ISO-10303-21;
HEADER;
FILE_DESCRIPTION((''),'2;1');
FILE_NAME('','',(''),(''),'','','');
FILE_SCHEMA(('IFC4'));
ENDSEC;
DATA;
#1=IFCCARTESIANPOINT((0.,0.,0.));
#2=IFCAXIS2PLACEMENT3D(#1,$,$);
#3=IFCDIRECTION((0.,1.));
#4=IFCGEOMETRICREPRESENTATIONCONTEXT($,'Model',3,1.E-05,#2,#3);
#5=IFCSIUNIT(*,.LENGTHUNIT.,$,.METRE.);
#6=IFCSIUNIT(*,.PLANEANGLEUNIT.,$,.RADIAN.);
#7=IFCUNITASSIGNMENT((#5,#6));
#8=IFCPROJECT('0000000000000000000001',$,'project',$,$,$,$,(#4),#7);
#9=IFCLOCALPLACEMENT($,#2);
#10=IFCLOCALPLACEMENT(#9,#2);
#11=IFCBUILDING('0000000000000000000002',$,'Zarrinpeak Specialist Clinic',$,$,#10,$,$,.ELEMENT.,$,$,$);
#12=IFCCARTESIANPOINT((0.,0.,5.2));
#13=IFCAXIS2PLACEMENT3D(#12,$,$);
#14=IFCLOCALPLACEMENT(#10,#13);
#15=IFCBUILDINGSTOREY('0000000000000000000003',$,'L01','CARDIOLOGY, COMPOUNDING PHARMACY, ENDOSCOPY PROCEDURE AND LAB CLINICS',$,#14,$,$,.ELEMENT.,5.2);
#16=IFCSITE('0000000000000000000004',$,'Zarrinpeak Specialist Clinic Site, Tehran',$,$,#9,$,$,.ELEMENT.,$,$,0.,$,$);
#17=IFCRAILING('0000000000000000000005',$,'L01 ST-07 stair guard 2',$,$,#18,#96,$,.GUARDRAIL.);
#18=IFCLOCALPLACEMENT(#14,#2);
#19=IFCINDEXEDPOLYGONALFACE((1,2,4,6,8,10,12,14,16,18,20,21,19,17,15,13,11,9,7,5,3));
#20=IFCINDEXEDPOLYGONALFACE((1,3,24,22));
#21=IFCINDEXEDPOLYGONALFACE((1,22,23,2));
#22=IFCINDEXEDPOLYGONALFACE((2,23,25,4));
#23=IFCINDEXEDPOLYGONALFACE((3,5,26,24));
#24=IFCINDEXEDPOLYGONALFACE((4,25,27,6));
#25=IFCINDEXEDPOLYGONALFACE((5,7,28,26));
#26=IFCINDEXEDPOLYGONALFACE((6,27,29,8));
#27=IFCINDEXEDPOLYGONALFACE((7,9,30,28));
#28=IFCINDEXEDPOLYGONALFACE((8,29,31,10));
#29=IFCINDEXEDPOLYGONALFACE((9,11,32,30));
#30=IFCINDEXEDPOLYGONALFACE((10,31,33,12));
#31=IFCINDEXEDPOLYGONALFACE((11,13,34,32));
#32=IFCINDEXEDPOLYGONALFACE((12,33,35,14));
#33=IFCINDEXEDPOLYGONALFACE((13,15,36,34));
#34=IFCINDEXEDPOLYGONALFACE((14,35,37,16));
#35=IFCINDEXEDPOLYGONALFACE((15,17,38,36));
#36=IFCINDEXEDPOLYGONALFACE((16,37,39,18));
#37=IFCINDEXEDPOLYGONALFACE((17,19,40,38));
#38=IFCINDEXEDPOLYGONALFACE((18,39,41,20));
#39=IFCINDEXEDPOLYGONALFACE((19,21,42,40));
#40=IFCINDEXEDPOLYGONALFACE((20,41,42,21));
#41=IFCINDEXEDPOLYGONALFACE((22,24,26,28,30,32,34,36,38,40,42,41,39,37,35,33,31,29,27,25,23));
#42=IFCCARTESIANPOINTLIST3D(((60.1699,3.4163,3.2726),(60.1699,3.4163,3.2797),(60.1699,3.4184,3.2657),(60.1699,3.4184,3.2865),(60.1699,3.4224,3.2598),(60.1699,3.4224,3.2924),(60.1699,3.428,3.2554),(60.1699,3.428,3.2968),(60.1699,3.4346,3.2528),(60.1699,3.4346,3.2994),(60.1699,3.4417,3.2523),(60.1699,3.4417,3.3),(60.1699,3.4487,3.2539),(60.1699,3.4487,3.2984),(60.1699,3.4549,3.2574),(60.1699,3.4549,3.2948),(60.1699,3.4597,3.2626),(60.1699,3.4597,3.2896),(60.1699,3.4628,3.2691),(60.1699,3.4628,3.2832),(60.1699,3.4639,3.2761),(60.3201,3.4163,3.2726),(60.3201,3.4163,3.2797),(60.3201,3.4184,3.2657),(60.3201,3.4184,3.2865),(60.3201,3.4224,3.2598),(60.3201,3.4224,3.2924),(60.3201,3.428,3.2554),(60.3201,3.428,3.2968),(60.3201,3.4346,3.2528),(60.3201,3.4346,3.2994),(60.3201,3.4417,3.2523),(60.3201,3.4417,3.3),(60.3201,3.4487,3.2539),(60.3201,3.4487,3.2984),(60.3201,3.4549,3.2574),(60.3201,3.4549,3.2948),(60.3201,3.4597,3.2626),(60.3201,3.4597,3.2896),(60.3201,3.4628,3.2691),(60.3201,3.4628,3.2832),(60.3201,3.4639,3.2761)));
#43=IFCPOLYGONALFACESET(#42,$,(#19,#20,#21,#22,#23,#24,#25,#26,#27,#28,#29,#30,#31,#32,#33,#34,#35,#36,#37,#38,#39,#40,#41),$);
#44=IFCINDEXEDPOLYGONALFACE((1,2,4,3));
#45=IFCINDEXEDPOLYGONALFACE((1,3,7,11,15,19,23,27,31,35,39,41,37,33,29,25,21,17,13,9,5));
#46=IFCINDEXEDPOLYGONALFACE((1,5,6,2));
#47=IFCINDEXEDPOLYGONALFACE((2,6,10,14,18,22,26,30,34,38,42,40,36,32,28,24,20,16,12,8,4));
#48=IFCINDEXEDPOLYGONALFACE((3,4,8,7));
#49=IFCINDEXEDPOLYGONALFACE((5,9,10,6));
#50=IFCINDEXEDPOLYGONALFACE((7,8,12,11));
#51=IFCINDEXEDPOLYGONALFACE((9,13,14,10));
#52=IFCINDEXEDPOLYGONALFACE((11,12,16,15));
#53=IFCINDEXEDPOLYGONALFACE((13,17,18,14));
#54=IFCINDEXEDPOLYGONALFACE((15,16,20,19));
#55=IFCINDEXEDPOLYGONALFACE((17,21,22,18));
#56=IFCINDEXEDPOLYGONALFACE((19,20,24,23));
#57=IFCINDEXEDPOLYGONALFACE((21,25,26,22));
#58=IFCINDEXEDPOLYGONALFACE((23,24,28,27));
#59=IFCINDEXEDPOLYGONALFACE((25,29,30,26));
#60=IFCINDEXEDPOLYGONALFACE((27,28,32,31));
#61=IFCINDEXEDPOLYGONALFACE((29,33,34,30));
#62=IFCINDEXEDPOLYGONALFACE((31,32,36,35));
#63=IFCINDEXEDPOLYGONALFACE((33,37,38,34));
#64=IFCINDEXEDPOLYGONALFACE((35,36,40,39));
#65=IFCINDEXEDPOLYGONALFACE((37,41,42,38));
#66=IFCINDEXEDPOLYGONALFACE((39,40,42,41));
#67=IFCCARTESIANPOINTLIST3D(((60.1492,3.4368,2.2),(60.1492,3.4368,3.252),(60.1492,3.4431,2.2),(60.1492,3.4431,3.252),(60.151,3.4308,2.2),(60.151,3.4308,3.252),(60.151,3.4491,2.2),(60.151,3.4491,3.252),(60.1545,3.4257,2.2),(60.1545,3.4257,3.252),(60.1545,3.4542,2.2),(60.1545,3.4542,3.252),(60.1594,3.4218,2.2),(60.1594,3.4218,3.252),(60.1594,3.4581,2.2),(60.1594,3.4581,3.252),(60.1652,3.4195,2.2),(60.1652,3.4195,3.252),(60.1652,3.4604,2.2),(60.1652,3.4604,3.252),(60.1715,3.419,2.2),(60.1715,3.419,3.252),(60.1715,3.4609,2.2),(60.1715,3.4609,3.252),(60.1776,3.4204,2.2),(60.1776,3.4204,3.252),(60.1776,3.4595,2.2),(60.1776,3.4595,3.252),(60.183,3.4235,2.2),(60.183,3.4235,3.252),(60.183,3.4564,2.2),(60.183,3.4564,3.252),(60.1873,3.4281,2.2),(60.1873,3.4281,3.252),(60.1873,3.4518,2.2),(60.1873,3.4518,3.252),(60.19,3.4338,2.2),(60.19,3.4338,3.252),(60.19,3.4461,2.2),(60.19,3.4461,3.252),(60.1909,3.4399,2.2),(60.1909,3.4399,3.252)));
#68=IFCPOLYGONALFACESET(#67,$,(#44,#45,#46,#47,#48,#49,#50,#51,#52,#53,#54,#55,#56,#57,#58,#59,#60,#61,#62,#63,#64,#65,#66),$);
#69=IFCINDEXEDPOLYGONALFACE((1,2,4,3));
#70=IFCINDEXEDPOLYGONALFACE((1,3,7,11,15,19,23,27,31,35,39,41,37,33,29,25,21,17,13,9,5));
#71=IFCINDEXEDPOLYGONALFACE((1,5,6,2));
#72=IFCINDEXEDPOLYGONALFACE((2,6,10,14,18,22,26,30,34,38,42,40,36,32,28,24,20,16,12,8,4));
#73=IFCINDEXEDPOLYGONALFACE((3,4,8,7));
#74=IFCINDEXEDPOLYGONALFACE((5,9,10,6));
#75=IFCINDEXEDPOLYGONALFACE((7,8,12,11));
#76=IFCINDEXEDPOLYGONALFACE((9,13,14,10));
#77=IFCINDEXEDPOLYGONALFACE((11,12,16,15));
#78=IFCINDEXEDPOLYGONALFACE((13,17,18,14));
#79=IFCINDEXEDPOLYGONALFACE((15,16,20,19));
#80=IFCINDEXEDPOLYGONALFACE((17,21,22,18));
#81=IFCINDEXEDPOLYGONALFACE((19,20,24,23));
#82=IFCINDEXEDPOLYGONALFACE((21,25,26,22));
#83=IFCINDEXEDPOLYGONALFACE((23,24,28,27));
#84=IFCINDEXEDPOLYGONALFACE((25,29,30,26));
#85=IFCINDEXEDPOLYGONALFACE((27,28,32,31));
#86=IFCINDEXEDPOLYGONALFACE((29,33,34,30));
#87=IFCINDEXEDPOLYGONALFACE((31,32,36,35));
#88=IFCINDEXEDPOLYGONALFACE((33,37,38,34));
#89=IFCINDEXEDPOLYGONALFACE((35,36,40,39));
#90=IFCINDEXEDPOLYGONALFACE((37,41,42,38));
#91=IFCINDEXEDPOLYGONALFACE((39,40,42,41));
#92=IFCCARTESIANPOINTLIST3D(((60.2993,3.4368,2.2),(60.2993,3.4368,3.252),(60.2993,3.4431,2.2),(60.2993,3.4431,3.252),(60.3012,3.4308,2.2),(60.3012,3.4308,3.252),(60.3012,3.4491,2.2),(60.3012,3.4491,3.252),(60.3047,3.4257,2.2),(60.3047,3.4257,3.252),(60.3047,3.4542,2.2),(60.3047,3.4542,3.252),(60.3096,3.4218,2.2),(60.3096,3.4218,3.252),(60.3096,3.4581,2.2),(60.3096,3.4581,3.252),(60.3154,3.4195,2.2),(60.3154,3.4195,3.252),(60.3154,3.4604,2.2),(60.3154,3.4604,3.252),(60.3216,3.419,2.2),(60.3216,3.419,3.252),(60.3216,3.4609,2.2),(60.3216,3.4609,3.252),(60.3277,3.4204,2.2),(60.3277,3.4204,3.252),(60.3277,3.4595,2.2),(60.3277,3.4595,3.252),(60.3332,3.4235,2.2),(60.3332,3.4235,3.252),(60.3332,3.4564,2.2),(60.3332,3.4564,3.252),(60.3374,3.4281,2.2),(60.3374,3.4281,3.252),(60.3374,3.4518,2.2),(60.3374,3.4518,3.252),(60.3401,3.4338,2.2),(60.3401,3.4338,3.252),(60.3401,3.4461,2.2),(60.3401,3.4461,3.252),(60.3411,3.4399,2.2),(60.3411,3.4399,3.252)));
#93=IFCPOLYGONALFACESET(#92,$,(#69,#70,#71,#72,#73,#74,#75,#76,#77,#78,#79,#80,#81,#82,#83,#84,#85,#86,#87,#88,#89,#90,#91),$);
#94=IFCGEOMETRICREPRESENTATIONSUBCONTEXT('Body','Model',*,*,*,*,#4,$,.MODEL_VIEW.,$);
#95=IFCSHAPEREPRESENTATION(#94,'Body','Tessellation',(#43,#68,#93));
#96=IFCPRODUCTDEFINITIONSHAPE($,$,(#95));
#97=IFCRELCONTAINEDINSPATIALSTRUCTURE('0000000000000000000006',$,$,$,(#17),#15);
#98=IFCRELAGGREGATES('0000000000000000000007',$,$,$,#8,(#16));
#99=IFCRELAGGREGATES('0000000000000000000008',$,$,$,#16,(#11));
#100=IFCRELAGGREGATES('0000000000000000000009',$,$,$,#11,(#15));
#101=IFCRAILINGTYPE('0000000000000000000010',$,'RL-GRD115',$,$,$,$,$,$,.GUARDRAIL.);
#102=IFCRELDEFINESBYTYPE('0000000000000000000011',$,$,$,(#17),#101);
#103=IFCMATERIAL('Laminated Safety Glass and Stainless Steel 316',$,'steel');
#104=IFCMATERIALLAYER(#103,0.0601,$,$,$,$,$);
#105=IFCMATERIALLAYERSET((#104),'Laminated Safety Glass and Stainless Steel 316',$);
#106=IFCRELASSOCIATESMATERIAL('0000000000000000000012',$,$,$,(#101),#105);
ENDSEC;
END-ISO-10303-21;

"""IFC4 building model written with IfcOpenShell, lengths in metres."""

from ifc_helpers import new_model, si_unit, direction, frame, origin, origin_2d, place, context, subcontext, project, spatial, circle, extrude, material, layer, layer_set, type_object, element, save


model = new_model("IFC4")

# Units and contexts
model_context = context("Model", 3, precision=1e-05, world=origin(), true_north=direction((0.0, 1.0)))
body_context = subcontext(model_context, "Body", "Model", "MODEL_VIEW")
ifc_project = project(units=[si_unit("LENGTHUNIT", "METRE"), si_unit("PLANEANGLEUNIT", "RADIAN")], contexts=[model_context])

# Site, building, storey
site_placement = place(None, origin())
site = spatial("IfcSite", under=ifc_project, at=site_placement, Name="Zarrinpeak Specialist Clinic Site, Tehran", CompositionType="ELEMENT", RefElevation=0.0)
building_placement = place(site_placement, origin())
building = spatial("IfcBuilding", under=site, at=building_placement, Name="Zarrinpeak Specialist Clinic", CompositionType="ELEMENT")
storey_placement = place(building_placement, frame((0.0, 0.0, 5.2)))
storey = spatial("IfcBuildingStorey", under=building, at=storey_placement, Name="L01", Description="CARDIOLOGY, COMPOUNDING PHARMACY, ENDOSCOPY PROCEDURE AND LAB CLINICS", CompositionType="ELEMENT", Elevation=5.2)

# Railing
ifc_material_1 = material(Name="Laminated Safety Glass and Stainless Steel 316", Category="steel")
ifc_layer_1 = layer(ifc_material_1, 0.0601)
ifc_layer_set_1 = layer_set([ifc_layer_1], Name="Laminated Safety Glass and Stainless Steel 316")
railing_type_1 = type_object("IfcRailingType", Name="RL-GRD115", PredefinedType="GUARDRAIL", material=ifc_layer_set_1)
railing_1_placement = place(storey_placement, frame((60.1699, 3.4399, 2.2)))
element("IfcRailing", 1, at=railing_1_placement, inside=storey, type_object=railing_type_1, Name="L01 ST-07 stair guard 2", PredefinedType="GUARDRAIL", context=body_context, shape_type="SweptSolid", body=[
    extrude(circle(Radius=0.0239, at=origin_2d()), frame((0.0, 0.0, 1.0762), z_axis=(1.0, 0.0, 0.0), x_axis=(0.0, 1.0, 0.0)), (0.0, 0.0, 1.0), 0.1501),
    extrude(circle(Radius=0.021, at=origin_2d()), origin(), (0.0, 0.0, 1.0), 1.052),
    extrude(circle(Radius=0.021, at=origin_2d()), frame((0.1501, 0.0, 0.0)), (0.0, 0.0, 1.0), 1.052),
])

save(model, "model.ifc")
